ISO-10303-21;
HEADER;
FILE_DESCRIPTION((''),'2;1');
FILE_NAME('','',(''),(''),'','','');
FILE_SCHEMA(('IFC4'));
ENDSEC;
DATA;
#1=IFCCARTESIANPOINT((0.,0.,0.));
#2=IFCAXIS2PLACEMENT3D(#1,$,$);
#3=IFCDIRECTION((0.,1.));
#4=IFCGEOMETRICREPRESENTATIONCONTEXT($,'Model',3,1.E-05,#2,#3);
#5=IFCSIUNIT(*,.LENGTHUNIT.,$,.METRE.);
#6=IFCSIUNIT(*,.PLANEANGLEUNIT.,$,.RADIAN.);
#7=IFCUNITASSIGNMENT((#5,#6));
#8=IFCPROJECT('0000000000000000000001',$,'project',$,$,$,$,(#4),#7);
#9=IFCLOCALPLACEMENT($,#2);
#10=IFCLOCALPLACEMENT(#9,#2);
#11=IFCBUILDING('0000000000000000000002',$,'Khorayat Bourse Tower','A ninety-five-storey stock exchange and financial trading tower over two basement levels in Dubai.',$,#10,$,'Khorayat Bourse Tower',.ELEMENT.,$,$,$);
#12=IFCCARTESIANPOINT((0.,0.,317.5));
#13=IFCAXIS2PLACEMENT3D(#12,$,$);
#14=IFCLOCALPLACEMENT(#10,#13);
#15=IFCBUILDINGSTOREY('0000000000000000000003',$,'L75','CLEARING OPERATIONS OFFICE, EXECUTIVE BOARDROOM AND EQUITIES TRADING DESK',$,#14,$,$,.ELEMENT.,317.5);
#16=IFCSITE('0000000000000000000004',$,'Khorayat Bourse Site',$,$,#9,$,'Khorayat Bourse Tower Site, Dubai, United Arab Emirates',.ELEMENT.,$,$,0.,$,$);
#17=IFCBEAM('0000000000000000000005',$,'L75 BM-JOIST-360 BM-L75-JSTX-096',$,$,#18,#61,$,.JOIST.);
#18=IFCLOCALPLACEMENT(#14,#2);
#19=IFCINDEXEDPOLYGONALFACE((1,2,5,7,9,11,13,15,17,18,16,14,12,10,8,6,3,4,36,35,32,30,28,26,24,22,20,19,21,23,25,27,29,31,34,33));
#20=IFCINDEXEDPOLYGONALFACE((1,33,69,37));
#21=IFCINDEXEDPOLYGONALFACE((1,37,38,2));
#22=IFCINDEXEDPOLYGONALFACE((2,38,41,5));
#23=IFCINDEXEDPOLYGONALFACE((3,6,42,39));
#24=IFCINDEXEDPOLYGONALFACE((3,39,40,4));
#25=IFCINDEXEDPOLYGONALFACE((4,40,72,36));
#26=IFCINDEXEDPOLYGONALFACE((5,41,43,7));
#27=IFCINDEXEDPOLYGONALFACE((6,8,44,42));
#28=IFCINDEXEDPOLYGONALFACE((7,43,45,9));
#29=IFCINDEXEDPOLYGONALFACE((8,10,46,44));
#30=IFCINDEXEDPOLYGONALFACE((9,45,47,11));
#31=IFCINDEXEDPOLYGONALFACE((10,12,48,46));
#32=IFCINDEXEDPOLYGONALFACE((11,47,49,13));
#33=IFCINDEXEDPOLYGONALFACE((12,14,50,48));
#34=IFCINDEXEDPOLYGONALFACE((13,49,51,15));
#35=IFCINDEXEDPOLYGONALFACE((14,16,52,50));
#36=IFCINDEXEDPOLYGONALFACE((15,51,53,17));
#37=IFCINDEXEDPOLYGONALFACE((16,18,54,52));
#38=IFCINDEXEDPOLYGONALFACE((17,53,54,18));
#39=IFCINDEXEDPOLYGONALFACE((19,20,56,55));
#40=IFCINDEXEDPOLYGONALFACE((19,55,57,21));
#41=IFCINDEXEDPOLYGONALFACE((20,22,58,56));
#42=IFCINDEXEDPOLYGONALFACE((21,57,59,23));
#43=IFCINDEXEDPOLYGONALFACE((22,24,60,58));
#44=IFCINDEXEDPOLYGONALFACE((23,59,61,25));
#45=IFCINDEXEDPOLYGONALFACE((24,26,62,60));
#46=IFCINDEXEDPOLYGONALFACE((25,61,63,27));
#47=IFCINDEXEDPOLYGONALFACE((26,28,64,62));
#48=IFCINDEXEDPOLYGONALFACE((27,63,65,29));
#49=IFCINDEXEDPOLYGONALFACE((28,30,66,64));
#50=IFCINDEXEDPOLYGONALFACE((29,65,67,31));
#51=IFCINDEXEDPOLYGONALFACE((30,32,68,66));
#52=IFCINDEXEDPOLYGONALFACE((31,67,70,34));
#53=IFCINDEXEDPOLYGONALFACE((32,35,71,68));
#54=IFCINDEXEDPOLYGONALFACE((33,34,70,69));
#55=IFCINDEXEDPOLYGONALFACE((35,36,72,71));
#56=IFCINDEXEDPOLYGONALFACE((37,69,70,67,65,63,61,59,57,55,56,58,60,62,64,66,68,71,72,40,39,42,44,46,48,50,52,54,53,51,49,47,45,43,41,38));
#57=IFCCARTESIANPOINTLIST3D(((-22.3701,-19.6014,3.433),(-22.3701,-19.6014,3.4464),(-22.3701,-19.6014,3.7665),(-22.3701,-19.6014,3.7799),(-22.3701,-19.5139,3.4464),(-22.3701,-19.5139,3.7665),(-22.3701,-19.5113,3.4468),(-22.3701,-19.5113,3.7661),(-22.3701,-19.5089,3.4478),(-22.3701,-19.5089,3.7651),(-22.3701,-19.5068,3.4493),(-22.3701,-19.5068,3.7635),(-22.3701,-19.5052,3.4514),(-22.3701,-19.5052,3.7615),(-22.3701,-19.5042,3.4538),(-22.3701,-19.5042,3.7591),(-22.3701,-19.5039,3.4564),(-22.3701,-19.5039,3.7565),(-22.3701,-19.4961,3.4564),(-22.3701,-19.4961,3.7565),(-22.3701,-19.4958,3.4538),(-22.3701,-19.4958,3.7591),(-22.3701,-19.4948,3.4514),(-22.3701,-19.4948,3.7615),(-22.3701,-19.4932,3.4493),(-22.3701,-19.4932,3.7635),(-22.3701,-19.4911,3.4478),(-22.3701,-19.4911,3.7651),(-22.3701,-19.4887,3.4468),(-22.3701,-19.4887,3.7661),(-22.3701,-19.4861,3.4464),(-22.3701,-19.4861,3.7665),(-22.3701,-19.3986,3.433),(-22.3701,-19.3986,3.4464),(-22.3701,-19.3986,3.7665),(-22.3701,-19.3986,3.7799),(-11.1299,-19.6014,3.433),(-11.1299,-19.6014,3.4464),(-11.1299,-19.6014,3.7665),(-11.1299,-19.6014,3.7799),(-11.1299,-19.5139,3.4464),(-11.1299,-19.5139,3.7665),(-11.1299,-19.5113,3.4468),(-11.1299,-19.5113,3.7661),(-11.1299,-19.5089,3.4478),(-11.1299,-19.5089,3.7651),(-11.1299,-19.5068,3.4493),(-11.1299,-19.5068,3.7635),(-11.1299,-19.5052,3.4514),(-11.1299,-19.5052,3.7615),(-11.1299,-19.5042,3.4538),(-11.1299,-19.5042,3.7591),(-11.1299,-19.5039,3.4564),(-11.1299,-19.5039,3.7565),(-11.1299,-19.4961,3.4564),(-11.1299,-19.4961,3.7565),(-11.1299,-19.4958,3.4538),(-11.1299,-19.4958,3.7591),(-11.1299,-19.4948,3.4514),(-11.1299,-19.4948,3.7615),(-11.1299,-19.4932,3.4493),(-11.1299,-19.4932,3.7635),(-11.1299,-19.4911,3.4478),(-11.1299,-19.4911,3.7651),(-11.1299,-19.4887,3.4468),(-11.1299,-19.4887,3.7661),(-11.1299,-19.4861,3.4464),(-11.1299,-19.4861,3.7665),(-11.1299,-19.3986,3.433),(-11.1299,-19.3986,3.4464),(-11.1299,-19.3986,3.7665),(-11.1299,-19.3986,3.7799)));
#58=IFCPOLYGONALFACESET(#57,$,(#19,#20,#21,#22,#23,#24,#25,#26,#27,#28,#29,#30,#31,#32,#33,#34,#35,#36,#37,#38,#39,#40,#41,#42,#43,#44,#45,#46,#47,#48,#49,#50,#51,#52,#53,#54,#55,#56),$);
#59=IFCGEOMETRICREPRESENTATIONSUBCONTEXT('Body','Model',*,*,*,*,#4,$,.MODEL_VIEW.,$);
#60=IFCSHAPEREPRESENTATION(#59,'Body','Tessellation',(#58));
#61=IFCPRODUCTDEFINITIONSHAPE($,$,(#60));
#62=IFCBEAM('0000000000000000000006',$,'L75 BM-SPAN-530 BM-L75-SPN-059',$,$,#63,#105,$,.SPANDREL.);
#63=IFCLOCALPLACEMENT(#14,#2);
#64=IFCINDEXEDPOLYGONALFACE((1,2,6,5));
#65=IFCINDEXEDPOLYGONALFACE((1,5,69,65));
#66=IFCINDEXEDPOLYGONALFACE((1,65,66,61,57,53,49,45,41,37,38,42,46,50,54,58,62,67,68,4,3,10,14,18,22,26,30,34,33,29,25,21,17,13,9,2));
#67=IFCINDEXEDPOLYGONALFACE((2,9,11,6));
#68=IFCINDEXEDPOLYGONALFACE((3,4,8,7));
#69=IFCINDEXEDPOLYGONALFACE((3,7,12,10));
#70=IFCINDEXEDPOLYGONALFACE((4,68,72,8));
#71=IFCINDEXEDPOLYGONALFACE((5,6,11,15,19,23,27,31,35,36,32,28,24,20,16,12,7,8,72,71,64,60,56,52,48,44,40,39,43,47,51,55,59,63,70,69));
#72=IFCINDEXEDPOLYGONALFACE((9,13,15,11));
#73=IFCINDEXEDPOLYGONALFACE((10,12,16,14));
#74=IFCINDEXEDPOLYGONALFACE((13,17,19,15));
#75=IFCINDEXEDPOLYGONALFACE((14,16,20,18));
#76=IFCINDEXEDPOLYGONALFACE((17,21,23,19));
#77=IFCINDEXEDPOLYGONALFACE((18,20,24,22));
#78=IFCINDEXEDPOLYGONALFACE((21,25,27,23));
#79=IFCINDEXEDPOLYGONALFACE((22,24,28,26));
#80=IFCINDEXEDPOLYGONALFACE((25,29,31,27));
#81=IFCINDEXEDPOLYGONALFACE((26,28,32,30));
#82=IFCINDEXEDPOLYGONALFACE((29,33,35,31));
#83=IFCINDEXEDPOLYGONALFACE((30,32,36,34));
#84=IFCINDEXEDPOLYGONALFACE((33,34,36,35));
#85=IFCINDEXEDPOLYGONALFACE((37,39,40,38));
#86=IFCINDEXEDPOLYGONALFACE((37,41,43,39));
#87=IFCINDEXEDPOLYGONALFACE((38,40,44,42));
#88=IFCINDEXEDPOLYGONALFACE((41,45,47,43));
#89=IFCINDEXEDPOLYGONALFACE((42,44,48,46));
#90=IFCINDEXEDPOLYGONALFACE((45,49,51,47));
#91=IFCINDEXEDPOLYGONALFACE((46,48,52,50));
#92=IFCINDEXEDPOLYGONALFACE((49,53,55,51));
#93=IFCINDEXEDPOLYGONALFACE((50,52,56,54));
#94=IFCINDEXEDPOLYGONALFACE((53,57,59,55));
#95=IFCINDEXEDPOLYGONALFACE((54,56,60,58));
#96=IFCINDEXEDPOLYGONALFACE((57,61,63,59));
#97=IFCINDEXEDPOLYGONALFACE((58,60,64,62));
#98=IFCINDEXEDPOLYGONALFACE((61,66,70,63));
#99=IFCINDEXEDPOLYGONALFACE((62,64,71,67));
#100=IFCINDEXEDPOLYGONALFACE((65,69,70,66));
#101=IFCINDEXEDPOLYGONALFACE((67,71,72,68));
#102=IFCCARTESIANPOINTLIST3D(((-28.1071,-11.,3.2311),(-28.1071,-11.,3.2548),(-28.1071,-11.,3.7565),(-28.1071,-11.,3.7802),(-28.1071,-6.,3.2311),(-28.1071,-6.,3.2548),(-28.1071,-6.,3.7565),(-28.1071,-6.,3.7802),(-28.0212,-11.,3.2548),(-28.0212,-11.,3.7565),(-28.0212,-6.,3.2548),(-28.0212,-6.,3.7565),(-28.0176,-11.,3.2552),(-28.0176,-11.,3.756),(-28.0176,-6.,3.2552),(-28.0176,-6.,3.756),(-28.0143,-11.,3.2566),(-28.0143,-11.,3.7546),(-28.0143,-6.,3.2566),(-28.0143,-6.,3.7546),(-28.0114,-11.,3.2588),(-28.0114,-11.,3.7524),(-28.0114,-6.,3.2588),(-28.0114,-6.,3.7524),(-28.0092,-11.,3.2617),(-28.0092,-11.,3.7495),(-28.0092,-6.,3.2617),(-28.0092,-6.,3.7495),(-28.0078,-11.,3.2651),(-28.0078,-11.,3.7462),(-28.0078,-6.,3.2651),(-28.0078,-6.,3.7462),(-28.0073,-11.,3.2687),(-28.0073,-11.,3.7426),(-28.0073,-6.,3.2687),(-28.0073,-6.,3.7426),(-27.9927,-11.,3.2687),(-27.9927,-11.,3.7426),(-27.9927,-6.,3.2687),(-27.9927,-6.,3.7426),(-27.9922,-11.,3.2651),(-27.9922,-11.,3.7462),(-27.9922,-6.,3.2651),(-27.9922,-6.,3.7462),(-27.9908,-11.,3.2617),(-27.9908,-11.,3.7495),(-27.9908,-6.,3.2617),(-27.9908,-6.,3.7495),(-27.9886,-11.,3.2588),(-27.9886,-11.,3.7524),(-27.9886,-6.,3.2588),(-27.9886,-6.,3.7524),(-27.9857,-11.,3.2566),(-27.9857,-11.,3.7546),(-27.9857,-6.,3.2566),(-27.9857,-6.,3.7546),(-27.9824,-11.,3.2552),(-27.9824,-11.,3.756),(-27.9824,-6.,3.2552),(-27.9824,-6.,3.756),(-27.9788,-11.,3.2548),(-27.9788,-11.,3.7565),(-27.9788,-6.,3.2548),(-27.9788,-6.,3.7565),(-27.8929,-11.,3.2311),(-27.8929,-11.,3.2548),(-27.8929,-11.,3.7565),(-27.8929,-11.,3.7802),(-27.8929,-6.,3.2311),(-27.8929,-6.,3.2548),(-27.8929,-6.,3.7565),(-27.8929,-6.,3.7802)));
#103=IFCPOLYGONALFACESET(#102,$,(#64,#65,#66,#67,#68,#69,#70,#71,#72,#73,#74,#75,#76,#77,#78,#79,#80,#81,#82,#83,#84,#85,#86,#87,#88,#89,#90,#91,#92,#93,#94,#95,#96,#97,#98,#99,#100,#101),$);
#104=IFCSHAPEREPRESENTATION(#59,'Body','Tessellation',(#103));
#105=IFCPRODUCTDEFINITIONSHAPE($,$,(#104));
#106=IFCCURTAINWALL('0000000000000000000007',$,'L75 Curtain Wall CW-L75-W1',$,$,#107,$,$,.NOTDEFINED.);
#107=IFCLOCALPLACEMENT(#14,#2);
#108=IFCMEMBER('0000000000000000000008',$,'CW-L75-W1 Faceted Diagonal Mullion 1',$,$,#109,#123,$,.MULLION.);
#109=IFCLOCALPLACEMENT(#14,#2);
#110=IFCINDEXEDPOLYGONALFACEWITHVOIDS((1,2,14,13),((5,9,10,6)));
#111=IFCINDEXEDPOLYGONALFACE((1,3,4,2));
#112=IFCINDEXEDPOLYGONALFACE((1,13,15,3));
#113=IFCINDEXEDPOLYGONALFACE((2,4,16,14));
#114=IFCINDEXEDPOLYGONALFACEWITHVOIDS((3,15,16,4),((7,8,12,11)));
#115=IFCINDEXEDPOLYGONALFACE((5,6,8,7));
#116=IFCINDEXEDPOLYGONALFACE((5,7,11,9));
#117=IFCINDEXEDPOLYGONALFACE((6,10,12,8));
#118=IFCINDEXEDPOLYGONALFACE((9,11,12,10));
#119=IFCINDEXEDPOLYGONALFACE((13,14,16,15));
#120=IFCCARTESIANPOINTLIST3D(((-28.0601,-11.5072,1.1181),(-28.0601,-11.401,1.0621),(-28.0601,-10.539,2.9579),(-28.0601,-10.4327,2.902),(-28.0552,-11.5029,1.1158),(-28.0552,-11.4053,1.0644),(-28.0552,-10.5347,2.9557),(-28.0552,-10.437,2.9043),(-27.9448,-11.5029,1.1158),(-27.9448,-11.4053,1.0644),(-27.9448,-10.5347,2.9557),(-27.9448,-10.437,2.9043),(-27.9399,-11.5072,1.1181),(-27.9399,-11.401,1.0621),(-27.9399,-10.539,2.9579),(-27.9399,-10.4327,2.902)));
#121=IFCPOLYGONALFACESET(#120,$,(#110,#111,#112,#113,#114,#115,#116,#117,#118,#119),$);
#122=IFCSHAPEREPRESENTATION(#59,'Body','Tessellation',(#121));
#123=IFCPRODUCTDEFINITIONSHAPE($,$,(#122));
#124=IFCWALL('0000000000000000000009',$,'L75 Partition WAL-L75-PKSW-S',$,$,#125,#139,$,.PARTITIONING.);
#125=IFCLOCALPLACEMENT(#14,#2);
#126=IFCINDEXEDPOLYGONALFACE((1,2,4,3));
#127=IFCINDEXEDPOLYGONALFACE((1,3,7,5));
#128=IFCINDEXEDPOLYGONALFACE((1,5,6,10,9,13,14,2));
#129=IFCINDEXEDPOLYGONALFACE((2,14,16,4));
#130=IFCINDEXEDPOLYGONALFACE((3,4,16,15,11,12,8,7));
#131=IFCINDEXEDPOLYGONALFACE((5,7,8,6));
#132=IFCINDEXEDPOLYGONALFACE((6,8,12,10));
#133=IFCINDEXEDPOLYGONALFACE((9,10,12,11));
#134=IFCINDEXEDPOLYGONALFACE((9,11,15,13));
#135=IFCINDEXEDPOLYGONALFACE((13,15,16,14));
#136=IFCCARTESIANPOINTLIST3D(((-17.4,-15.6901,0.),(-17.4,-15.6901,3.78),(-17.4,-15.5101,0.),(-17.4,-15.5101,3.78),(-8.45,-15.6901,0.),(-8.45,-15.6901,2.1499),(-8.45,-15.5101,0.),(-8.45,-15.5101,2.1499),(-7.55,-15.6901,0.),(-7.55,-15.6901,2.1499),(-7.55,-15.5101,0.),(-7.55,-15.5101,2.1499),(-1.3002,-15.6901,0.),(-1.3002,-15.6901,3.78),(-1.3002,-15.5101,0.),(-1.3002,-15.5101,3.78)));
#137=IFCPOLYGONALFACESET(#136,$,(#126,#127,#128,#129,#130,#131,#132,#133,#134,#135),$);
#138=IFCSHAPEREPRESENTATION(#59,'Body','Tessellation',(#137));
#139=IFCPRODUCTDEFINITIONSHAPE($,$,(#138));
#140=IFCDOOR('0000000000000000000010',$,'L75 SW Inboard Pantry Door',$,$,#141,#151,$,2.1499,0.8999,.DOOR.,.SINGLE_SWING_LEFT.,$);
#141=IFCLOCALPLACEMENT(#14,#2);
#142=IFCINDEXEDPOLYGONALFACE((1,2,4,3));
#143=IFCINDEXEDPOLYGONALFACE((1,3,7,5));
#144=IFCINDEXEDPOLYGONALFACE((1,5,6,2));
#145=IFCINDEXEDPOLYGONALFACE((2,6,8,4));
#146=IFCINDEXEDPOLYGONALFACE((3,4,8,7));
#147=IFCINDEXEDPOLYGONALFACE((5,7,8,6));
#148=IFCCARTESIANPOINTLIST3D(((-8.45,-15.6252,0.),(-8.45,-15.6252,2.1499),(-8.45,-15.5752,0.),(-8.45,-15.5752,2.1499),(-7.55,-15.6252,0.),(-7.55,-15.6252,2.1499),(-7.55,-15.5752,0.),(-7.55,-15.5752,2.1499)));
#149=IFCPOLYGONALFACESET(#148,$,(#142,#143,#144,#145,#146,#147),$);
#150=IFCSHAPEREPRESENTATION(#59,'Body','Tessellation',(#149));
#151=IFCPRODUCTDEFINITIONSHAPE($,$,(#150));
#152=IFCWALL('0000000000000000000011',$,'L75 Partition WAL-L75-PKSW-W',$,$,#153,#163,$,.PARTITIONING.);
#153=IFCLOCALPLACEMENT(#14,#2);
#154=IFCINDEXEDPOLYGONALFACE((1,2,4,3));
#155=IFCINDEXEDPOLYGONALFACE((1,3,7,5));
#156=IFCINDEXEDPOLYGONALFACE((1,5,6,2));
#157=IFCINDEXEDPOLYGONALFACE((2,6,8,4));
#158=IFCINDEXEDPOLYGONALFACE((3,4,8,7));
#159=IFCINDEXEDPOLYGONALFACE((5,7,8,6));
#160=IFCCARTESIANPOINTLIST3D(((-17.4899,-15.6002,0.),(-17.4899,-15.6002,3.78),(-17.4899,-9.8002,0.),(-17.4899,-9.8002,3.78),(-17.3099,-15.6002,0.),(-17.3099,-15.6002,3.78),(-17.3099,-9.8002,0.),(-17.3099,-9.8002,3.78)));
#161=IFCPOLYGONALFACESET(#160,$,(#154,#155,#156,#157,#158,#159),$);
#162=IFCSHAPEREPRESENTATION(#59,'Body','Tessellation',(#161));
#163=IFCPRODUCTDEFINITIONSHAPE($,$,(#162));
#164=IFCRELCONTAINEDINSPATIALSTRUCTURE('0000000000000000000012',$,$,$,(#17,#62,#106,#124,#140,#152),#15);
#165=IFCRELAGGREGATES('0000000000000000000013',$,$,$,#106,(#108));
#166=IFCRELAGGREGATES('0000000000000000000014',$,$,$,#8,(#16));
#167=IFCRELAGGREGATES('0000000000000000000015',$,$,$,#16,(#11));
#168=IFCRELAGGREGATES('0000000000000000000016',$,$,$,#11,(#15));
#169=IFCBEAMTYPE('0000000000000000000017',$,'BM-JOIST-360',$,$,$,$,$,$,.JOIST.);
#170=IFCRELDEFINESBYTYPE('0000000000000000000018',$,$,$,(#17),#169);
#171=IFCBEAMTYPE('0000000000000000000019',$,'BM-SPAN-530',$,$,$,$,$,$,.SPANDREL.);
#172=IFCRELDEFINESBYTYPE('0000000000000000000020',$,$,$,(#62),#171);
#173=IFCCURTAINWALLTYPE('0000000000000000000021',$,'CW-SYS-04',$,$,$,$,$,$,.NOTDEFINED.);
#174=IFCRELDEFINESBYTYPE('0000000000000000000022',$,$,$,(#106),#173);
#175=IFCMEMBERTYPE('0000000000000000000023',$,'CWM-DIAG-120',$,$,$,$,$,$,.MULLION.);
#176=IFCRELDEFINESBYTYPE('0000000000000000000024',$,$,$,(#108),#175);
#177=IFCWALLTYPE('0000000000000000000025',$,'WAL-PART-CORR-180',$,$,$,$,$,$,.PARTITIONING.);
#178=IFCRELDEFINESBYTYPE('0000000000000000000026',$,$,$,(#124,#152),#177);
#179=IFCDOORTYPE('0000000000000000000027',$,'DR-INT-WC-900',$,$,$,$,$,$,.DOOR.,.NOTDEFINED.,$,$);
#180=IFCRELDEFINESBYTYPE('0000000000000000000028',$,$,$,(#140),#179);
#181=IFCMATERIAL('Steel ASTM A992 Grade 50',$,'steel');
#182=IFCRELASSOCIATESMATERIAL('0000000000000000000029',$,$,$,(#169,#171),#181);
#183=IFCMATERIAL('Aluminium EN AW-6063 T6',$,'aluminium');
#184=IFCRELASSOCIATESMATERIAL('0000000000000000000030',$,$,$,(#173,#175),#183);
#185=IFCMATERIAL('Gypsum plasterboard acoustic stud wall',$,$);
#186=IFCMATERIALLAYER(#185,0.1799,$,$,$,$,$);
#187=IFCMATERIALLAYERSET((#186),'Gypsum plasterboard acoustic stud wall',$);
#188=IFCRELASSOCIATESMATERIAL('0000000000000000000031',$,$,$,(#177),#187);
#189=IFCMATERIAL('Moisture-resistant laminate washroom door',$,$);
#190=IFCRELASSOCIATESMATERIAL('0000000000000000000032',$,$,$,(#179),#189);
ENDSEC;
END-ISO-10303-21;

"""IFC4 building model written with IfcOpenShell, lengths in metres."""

from ifc_helpers import new_model, si_unit, direction, frame, frame_2d, origin, origin_2d, place, context, subcontext, project, spatial, rectangle, hollow_rectangle, i_section, extrude, source, transform, mapped, material, layer, layer_set, material_profile, profile_set, type_object, element, fill, aggregate, save


model = new_model("IFC4")

# Units and contexts
model_context = context("Model", 3, precision=1e-05, world=origin(), true_north=direction((0.0, 1.0)))
body_context = subcontext(model_context, "Body", "Model", "MODEL_VIEW")
ifc_project = project(units=[si_unit("LENGTHUNIT", "METRE"), si_unit("PLANEANGLEUNIT", "RADIAN")], contexts=[model_context])

# Site, building, storey
site_placement = place(None, origin())
site = spatial("IfcSite", under=ifc_project, at=site_placement, Name="Khorayat Bourse Site", LongName="Khorayat Bourse Tower Site, Dubai, United Arab Emirates", CompositionType="ELEMENT", RefElevation=0.0)
building_placement = place(site_placement, origin())
building = spatial("IfcBuilding", under=site, at=building_placement, Name="Khorayat Bourse Tower", Description="A ninety-five-storey stock exchange and financial trading tower over two basement levels in Dubai.", LongName="Khorayat Bourse Tower", CompositionType="ELEMENT")
storey_placement = place(building_placement, frame((0.0, 0.0, 317.5)))
storey = spatial("IfcBuildingStorey", under=building, at=storey_placement, Name="L75", Description="CLEARING OPERATIONS OFFICE, EXECUTIVE BOARDROOM AND EQUITIES TRADING DESK", CompositionType="ELEMENT", Elevation=317.5)

# Beams
ifc_material_1 = material(Name="Steel ASTM A992 Grade 50", Category="steel")
ifc_material_profile_1 = material_profile(ifc_material_1, i_section(OverallWidth=0.2029, OverallDepth=0.3469, WebThickness=0.0078, FlangeThickness=0.0134, FilletRadius=0.01, at=origin_2d()), Name="W360X64")
ifc_profile_set_1 = profile_set([ifc_material_profile_1], Name="Steel ASTM A992 Grade 50")
beam_type_1 = type_object("IfcBeamType", Name="BM-JOIST-360", PredefinedType="JOIST", material=ifc_profile_set_1)
shared_shape_1 = source(origin(), body_context, "Body", "SweptSolid", [
    extrude(i_section(OverallWidth=0.2029, OverallDepth=0.3469, WebThickness=0.0078, FlangeThickness=0.0134, FilletRadius=0.01, at=origin_2d()), origin(), (0.0, 0.0, 1.0), 11.2402),
])
beam_1_placement = place(storey_placement, frame((-22.3701, -19.5, 3.6064), z_axis=(1.0, 0.0, 0.0), x_axis=(0.0, 1.0, 0.0)))
element("IfcBeam", 1, at=beam_1_placement, inside=storey, type_object=beam_type_1, Name="L75 BM-JOIST-360 BM-L75-JSTX-096", PredefinedType="JOIST", context=body_context, shape_type="MappedRepresentation", body=[
    mapped(shared_shape_1, transform((0.0, 0.0, 0.0), scale=1.0)),
])
ifc_material_profile_2 = material_profile(ifc_material_1, i_section(OverallWidth=0.2141, OverallDepth=0.5491, WebThickness=0.0146, FlangeThickness=0.0237, FilletRadius=0.0139, at=origin_2d()), Name="W530X138")
ifc_profile_set_2 = profile_set([ifc_material_profile_2], Name="Steel ASTM A992 Grade 50")
beam_type_2 = type_object("IfcBeamType", Name="BM-SPAN-530", PredefinedType="SPANDREL", material=ifc_profile_set_2)
shared_shape_2 = source(origin(), body_context, "Body", "SweptSolid", [
    extrude(i_section(OverallWidth=0.2141, OverallDepth=0.5491, WebThickness=0.0146, FlangeThickness=0.0237, FilletRadius=0.0139, at=origin_2d()), origin(), (0.0, 0.0, 1.0), 5.0),
])
beam_2_placement = place(storey_placement, frame((-28.0, -11.0, 3.5056), z_axis=(0.0, 1.0, 0.0), x_axis=(-1.0, 0.0, 0.0)))
element("IfcBeam", 2, at=beam_2_placement, inside=storey, type_object=beam_type_2, Name="L75 BM-SPAN-530 BM-L75-SPN-059", PredefinedType="SPANDREL", context=body_context, shape_type="MappedRepresentation", body=[
    mapped(shared_shape_2, transform((0.0, 0.0, 0.0), scale=1.0)),
])

# Curtain wall, member
ifc_material_2 = material(Name="Aluminium EN AW-6063 T6", Category="aluminium")
curtain_wall_type = type_object("IfcCurtainWallType", Name="CW-SYS-04", PredefinedType="NOTDEFINED", material=ifc_material_2)
curtain_wall_placement = place(storey_placement, origin())
curtain_wall = element("IfcCurtainWall", 3, at=curtain_wall_placement, inside=storey, type_object=curtain_wall_type, Name="L75 Curtain Wall CW-L75-W1", PredefinedType="NOTDEFINED")
ifc_material_profile_3 = material_profile(ifc_material_2, hollow_rectangle(XDim=0.1201, YDim=0.1201, WallThickness=0.0049, at=origin_2d()), Name="ALU 120x120x5")
ifc_profile_set_3 = profile_set([ifc_material_profile_3], Name="Aluminium EN AW-6063 T6")
member_type_1 = type_object("IfcMemberType", Name="CWM-DIAG-120", PredefinedType="MULLION", material=ifc_profile_set_3)
shared_shape_3 = source(origin(), body_context, "Body", "SweptSolid", [
    extrude(hollow_rectangle(XDim=0.1201, YDim=0.1201, WallThickness=0.0049, at=origin_2d()), origin(), (0.0, 0.0, 1.0), 2.0791),
])
member_1_placement = place(storey_placement, frame((-28.0, -11.4541, 1.0901), z_axis=(0.0, 0.465717, 0.884934), x_axis=(-1.0, 0.0, 0.0)))
member_1 = element("IfcMember", 4, at=member_1_placement, type_object=member_type_1, Name="CW-L75-W1 Faceted Diagonal Mullion 1", PredefinedType="MULLION", context=body_context, shape_type="MappedRepresentation", body=[
    mapped(shared_shape_3, transform((0.0, 0.0, 0.0), scale=1.0)),
])
aggregate(curtain_wall, [member_1])

# Wall, opening, door
ifc_material_3 = material(Name="Gypsum plasterboard acoustic stud wall")
ifc_layer = layer(ifc_material_3, 0.1799)
ifc_layer_set = layer_set([ifc_layer], Name="Gypsum plasterboard acoustic stud wall")
wall_type = type_object("IfcWallType", Name="WAL-PART-CORR-180", PredefinedType="PARTITIONING", material=ifc_layer_set)
shared_shape_4 = source(origin(), body_context, "Body", "SweptSolid", [
    extrude(rectangle(XDim=16.0999, YDim=0.1799, at=frame_2d((8.0498, 0.0))), origin(), (0.0, 0.0, 1.0), 3.78),
])
wall_1_placement = place(storey_placement, frame((-17.3999, -15.6001, 0.0), z_axis=(0.0, 0.0, 1.0), x_axis=(1.0, 0.0, 0.0)))
wall_1 = element("IfcWall", 5, at=wall_1_placement, inside=storey, type_object=wall_type, Name="L75 Partition WAL-L75-PKSW-S", PredefinedType="PARTITIONING", context=body_context, shape_type="MappedRepresentation", body=[
    mapped(shared_shape_4, transform((0.0, 0.0, 0.0), scale=1.0)),
])
shared_shape_5 = source(origin(), body_context, "Body", "SweptSolid", [
    extrude(rectangle(XDim=0.8999, YDim=2.1499, at=frame_2d((0.45, 1.075))), frame((0.0, 0.0999, 0.0), z_axis=(0.0, -1.0, 0.0), x_axis=(1.0, 0.0, 0.0)), (0.0, 0.0, 1.0), 0.2),
])
opening_1_placement = place(wall_1_placement, frame((8.95, 0.0, 0.0)))
opening_1 = element("IfcOpeningElement", 6, at=opening_1_placement, cuts=wall_1, PredefinedType="OPENING", context=body_context, shape_type="MappedRepresentation", body=[
    mapped(shared_shape_5, transform((0.0, 0.0, 0.0), scale=1.0)),
])
ifc_material_4 = material(Name="Moisture-resistant laminate washroom door")
door_type_1 = type_object("IfcDoorType", Name="DR-INT-WC-900", OperationType="NOTDEFINED", PredefinedType="DOOR", material=ifc_material_4)
shared_shape_6 = source(origin(), body_context, "Body", "SweptSolid", [
    extrude(rectangle(XDim=0.8999, YDim=2.1499, at=frame_2d((0.45, 1.075))), frame((0.0, 0.0249, 0.0), z_axis=(0.0, -1.0, 0.0), x_axis=(1.0, 0.0, 0.0)), (0.0, 0.0, 1.0), 0.05),
])
door_1_placement = place(opening_1_placement, origin())
door_1 = element("IfcDoor", 7, at=door_1_placement, inside=storey, type_object=door_type_1, Name="L75 SW Inboard Pantry Door", OperationType="SINGLE_SWING_LEFT", OverallHeight=2.1499, OverallWidth=0.8999, PredefinedType="DOOR", context=body_context, shape_type="MappedRepresentation", body=[
    mapped(shared_shape_6, transform((0.0, 0.0, 0.0), scale=1.0)),
])
fill(opening_1, door_1)

# Wall
shared_shape_7 = source(origin(), body_context, "Body", "SweptSolid", [
    extrude(rectangle(XDim=5.8, YDim=0.1799, at=frame_2d((2.8999, 0.0))), origin(), (0.0, 0.0, 1.0), 3.78),
])
wall_2_placement = place(storey_placement, frame((-17.3999, -15.6001, 0.0), z_axis=(0.0, 0.0, 1.0), x_axis=(0.0, 1.0, 0.0)))
element("IfcWall", 8, at=wall_2_placement, inside=storey, type_object=wall_type, Name="L75 Partition WAL-L75-PKSW-W", PredefinedType="PARTITIONING", context=body_context, shape_type="MappedRepresentation", body=[
    mapped(shared_shape_7, transform((0.0, 0.0, 0.0), scale=1.0)),
])

save(model, "model.ifc")
